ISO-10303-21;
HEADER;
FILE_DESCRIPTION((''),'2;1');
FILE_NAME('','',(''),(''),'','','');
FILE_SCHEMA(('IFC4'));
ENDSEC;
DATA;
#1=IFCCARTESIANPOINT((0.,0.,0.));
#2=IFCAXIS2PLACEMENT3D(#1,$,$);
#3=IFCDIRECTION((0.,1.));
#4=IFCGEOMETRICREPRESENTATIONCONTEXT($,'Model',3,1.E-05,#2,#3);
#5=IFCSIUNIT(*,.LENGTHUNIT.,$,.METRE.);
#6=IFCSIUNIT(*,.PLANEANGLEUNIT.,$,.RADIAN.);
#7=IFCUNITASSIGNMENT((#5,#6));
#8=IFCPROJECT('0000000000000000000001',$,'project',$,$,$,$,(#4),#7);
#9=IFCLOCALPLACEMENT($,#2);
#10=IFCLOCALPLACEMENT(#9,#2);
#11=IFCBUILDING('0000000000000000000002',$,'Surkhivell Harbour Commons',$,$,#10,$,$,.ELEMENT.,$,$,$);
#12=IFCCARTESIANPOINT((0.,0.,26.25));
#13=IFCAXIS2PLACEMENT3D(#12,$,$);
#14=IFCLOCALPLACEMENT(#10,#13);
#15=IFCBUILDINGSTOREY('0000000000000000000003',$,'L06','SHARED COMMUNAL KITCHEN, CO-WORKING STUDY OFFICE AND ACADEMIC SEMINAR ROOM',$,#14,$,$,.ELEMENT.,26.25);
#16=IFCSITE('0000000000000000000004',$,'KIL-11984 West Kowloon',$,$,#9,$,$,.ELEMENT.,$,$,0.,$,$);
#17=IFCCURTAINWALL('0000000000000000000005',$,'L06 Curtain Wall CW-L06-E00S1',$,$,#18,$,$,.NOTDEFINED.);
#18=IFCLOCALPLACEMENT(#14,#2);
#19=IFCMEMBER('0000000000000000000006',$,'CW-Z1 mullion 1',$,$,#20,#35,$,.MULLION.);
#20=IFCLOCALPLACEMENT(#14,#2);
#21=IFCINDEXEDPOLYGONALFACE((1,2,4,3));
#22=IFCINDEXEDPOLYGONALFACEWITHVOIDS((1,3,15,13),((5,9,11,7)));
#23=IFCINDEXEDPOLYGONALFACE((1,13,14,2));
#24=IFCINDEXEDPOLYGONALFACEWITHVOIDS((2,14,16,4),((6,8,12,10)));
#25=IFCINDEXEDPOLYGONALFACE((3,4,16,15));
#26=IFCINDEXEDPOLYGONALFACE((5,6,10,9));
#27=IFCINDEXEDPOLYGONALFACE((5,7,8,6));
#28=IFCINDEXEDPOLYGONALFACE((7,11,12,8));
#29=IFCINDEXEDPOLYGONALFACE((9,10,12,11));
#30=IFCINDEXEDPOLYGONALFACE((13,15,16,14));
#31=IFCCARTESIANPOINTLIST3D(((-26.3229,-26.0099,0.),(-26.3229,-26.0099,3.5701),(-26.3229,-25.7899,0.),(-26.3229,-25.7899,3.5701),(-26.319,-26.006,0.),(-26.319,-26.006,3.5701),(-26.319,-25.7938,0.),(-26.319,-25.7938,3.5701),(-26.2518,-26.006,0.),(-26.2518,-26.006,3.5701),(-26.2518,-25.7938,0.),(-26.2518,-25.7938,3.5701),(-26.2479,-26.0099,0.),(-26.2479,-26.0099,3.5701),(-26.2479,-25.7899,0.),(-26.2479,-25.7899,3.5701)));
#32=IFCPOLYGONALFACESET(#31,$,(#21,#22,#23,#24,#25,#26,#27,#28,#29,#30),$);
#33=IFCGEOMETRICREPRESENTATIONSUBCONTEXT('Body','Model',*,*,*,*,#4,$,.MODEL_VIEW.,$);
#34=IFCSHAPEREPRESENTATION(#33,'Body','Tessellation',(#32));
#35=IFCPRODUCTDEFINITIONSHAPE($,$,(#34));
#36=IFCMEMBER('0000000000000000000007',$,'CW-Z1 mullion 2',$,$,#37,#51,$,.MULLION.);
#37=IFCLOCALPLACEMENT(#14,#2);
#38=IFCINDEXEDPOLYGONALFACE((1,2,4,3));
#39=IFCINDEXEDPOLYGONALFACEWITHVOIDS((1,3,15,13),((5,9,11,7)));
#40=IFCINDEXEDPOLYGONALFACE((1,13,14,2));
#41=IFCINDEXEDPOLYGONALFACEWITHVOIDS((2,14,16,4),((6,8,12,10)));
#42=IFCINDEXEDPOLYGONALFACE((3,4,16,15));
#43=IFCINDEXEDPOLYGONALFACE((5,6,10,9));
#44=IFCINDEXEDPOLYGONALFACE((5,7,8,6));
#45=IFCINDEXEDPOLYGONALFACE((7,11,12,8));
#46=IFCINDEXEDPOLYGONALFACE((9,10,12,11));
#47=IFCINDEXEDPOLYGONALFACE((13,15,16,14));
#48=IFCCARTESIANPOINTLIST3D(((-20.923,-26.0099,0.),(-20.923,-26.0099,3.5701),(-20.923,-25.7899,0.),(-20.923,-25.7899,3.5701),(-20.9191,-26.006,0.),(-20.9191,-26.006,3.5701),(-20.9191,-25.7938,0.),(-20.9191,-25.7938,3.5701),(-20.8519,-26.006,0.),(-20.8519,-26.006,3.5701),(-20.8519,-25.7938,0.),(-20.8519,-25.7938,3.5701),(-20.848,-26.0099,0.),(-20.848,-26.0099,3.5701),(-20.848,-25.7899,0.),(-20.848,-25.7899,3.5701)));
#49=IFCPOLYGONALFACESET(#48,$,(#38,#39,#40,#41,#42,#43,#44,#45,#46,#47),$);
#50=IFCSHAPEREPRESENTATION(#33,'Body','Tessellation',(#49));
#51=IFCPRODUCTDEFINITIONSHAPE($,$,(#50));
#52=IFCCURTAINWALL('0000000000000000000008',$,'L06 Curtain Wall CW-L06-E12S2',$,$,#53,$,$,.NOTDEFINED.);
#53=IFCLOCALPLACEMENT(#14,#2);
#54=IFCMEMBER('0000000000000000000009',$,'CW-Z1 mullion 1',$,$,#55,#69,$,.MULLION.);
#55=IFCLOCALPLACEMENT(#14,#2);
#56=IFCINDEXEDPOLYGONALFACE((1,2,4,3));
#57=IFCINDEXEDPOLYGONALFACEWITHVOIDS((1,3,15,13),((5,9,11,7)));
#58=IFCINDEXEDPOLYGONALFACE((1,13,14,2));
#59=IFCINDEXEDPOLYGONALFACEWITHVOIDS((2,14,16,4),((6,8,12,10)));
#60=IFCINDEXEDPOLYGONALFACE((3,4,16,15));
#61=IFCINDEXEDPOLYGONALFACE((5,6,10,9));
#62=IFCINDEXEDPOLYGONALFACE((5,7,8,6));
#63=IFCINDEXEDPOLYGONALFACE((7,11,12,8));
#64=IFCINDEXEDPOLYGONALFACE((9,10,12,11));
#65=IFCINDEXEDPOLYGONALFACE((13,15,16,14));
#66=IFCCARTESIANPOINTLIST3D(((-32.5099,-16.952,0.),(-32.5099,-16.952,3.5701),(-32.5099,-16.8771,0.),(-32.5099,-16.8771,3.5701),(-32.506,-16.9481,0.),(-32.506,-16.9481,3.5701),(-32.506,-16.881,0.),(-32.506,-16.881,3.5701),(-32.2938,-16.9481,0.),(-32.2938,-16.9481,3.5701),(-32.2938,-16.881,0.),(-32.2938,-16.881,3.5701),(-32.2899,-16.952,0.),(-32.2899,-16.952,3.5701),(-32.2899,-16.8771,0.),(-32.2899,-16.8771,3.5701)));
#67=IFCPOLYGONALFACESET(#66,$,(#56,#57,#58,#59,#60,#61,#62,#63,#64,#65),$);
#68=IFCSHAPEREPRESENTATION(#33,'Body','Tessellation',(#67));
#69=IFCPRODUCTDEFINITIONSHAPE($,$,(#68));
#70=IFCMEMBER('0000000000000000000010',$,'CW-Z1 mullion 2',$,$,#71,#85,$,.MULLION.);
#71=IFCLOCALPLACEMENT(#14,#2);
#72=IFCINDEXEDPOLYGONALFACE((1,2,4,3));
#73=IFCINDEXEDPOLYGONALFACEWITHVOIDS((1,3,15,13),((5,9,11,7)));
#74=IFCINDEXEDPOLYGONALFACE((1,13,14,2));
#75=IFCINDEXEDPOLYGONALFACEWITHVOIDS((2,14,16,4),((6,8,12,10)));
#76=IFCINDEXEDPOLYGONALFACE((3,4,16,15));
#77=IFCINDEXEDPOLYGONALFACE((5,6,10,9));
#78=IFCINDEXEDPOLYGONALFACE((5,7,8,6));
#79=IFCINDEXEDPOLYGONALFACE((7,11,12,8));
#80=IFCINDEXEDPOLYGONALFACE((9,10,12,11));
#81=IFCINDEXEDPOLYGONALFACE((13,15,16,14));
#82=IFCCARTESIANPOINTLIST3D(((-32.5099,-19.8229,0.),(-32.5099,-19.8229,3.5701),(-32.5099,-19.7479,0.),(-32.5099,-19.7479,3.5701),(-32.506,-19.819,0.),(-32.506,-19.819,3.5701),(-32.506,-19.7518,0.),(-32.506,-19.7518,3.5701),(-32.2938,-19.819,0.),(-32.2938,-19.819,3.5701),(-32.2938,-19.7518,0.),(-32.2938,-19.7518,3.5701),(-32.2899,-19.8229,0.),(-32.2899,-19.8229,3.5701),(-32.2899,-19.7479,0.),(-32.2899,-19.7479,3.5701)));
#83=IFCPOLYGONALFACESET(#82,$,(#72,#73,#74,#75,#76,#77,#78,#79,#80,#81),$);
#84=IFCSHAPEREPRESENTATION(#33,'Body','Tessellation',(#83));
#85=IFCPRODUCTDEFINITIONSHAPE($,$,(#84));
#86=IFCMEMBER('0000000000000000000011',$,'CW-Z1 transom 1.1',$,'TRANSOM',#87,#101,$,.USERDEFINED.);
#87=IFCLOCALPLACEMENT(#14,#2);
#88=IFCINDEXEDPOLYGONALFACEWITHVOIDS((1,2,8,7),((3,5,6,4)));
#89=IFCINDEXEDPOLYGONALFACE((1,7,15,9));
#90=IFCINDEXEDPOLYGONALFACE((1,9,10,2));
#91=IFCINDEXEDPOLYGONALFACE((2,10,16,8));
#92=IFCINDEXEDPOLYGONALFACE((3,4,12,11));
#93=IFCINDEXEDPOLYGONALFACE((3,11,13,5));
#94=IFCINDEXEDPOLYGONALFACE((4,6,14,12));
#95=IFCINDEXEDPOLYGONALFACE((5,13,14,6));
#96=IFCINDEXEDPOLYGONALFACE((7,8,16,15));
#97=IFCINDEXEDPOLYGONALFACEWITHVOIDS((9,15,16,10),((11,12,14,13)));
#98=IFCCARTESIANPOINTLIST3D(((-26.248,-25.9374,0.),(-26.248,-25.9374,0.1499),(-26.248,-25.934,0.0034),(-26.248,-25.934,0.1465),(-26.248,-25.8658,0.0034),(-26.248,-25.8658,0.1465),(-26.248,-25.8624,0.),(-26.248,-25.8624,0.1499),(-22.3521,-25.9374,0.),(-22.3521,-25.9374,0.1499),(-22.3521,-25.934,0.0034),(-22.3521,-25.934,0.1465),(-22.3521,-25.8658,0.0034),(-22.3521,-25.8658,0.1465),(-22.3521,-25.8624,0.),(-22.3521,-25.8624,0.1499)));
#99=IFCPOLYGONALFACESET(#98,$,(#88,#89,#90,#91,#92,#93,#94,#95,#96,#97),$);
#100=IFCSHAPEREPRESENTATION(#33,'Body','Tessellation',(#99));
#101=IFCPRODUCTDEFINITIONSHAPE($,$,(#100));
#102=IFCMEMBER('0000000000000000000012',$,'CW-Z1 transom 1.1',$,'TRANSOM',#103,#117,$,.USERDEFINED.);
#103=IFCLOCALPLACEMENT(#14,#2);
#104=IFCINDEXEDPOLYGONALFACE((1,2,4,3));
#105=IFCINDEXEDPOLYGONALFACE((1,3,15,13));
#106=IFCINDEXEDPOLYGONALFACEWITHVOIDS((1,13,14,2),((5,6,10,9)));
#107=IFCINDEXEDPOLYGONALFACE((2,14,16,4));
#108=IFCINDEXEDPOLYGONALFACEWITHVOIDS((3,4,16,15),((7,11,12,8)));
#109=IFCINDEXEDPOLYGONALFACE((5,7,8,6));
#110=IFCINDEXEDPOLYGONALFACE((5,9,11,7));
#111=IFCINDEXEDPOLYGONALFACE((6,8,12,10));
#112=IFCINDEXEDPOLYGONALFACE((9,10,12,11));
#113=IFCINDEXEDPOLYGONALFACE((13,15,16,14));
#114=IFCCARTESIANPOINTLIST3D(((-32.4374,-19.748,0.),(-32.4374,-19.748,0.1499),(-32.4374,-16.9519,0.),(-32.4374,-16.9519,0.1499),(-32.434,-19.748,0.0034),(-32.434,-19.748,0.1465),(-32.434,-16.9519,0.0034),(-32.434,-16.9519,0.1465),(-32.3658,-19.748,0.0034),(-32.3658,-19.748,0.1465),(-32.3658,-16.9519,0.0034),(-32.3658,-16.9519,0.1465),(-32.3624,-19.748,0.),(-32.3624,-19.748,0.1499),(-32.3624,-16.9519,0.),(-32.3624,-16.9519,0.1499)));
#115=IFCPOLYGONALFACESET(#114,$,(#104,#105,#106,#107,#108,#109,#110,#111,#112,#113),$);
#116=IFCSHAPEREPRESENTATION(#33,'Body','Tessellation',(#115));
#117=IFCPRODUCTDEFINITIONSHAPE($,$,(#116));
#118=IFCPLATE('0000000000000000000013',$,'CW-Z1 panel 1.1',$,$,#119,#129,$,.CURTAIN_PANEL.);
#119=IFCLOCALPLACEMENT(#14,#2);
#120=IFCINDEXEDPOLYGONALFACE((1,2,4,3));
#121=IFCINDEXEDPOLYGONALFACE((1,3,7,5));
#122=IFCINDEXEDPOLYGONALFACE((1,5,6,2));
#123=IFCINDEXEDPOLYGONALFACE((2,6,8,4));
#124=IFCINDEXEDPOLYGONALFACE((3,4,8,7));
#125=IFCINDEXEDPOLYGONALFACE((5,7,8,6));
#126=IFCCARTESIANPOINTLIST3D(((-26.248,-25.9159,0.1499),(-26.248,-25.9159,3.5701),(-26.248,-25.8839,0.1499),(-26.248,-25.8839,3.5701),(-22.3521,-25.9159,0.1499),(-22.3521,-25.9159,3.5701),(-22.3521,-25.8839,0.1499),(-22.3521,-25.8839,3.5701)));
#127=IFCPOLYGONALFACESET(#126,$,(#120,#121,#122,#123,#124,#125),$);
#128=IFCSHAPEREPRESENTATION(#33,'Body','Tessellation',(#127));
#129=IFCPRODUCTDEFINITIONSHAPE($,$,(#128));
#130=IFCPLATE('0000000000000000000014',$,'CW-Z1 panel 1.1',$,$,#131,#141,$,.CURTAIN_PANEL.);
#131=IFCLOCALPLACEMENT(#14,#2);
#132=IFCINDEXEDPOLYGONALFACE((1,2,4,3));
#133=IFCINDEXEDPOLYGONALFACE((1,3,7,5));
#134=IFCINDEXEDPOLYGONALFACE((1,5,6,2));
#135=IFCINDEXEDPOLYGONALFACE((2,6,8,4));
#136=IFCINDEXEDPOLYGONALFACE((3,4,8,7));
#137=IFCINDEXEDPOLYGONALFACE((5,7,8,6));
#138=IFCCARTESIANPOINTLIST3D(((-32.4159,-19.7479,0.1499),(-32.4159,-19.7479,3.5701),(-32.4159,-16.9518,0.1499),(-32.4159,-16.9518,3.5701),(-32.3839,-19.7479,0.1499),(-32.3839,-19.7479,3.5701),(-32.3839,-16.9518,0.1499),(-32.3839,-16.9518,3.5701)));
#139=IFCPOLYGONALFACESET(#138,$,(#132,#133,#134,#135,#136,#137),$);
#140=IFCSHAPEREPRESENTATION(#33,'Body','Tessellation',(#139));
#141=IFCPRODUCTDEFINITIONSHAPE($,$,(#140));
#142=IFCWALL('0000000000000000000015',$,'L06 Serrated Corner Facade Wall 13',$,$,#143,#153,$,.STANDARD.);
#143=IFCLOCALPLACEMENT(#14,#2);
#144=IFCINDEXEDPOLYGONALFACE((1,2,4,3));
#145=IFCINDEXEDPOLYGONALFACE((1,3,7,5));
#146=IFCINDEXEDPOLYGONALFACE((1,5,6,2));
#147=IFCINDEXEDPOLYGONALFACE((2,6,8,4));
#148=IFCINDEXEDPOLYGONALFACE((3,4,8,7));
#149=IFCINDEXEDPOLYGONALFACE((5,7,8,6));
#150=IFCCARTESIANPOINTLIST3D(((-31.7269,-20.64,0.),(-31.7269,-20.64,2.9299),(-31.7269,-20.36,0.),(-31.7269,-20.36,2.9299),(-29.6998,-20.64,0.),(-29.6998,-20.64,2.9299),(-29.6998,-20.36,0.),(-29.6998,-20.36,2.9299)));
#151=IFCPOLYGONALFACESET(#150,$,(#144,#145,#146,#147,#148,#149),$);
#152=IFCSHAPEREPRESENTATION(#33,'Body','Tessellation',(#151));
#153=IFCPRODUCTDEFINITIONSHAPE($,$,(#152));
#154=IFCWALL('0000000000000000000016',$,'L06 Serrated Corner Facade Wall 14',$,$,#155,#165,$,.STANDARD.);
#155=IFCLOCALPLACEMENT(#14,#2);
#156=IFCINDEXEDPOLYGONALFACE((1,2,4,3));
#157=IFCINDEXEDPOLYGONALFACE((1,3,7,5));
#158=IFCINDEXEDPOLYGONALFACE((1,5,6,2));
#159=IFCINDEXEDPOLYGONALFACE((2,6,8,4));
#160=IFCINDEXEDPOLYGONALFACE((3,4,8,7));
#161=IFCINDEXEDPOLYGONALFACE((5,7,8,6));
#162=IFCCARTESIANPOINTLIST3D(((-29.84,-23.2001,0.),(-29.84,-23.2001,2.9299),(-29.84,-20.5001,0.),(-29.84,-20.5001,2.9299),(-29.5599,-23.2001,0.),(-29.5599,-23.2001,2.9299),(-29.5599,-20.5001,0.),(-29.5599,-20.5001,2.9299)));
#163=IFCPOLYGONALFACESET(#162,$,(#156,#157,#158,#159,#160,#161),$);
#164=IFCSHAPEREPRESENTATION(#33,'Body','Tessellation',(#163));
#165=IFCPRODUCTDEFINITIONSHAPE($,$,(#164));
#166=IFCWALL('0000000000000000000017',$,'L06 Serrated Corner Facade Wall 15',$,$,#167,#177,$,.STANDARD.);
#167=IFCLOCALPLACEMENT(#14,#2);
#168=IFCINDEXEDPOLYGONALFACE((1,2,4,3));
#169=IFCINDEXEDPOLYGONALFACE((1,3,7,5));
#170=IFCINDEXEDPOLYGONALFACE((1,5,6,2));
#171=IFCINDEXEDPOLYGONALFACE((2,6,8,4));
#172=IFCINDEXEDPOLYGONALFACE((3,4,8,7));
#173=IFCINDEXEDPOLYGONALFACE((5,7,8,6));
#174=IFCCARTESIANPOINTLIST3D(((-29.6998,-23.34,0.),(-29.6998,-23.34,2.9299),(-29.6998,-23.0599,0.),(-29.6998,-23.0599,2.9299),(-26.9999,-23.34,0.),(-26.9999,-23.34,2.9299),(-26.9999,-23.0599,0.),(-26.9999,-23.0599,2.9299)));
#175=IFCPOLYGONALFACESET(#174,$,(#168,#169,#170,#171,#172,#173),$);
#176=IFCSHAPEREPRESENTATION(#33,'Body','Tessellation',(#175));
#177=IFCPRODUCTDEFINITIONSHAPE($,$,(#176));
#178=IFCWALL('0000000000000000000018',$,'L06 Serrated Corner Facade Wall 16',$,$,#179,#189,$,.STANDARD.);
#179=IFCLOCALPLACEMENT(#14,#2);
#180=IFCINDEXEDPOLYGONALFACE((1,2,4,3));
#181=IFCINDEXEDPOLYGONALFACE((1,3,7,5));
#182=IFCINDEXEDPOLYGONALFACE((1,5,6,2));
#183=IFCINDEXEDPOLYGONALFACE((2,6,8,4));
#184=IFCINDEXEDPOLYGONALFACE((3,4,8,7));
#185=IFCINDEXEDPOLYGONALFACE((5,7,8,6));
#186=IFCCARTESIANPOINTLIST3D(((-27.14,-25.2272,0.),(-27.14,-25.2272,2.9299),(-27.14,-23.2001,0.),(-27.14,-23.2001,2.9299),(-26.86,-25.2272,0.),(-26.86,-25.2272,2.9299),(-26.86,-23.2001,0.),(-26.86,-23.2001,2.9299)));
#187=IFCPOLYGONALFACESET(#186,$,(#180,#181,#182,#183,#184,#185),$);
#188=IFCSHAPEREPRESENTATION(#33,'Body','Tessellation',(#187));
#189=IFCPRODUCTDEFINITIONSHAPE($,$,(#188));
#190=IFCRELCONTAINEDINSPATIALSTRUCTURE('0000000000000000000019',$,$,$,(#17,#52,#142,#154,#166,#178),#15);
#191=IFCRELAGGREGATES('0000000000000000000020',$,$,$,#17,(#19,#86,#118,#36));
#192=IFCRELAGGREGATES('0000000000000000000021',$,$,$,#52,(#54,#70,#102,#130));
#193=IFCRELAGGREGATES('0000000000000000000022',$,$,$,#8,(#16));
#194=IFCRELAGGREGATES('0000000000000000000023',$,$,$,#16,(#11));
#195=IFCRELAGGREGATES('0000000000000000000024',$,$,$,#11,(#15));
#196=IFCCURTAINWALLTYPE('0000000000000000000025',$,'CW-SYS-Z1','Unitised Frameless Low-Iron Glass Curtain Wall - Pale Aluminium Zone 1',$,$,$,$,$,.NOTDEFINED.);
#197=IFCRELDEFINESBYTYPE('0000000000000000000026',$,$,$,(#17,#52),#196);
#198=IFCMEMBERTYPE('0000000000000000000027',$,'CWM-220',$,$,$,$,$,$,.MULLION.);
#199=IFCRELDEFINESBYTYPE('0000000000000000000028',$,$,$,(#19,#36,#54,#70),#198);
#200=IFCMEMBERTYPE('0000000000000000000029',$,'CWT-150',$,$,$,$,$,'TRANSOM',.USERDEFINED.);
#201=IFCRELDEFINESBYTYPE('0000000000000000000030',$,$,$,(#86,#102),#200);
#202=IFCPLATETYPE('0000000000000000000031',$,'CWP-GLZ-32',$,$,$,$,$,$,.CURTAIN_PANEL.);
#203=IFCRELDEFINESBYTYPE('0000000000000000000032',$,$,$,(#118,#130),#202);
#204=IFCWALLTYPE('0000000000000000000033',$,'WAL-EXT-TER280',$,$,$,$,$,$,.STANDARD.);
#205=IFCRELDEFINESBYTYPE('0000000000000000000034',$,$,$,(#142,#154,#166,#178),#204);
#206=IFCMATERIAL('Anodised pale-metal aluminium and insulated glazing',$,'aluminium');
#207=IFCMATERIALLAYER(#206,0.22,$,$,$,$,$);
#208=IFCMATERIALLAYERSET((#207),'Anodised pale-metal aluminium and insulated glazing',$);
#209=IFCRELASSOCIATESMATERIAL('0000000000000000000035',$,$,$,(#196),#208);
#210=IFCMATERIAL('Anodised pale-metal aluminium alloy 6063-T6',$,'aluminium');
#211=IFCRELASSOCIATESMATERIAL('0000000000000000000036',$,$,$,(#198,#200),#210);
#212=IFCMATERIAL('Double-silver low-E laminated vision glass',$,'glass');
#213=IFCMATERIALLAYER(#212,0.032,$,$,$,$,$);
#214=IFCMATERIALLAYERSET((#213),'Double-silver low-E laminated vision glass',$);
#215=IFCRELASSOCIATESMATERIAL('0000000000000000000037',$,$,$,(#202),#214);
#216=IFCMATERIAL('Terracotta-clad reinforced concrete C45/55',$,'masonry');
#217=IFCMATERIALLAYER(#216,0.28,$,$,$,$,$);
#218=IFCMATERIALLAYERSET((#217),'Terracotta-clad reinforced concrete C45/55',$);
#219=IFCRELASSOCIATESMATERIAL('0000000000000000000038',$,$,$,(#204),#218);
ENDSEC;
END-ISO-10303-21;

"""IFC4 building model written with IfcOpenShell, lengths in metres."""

from ifc_helpers import new_model, si_unit, direction, frame, frame_2d, origin, origin_2d, place, context, subcontext, project, spatial, rectangle, hollow_rectangle, extrude, material, layer, layer_set, material_profile, profile_set, type_object, element, aggregate, save


model = new_model("IFC4")

# Units and contexts
model_context = context("Model", 3, precision=1e-05, world=origin(), true_north=direction((0.0, 1.0)))
body_context = subcontext(model_context, "Body", "Model", "MODEL_VIEW")
ifc_project = project(units=[si_unit("LENGTHUNIT", "METRE"), si_unit("PLANEANGLEUNIT", "RADIAN")], contexts=[model_context])

# Site, building, storey
site_placement = place(None, origin())
site = spatial("IfcSite", under=ifc_project, at=site_placement, Name="KIL-11984 West Kowloon", CompositionType="ELEMENT", RefElevation=0.0)
building_placement = place(site_placement, origin())
building = spatial("IfcBuilding", under=site, at=building_placement, Name="Surkhivell Harbour Commons", CompositionType="ELEMENT")
storey_placement = place(building_placement, frame((0.0, 0.0, 26.25)))
storey = spatial("IfcBuildingStorey", under=building, at=storey_placement, Name="L06", Description="SHARED COMMUNAL KITCHEN, CO-WORKING STUDY OFFICE AND ACADEMIC SEMINAR ROOM", CompositionType="ELEMENT", Elevation=26.25)

# Curtain walls, members
ifc_material_1 = material(Name="Anodised pale-metal aluminium and insulated glazing", Category="aluminium")
ifc_layer_1 = layer(ifc_material_1, 0.22)
ifc_layer_set_1 = layer_set([ifc_layer_1], Name="Anodised pale-metal aluminium and insulated glazing")
curtain_wall_type = type_object("IfcCurtainWallType", Name="CW-SYS-Z1", Description="Unitised Frameless Low-Iron Glass Curtain Wall - Pale Aluminium Zone 1", PredefinedType="NOTDEFINED", material=ifc_layer_set_1)
curtain_wall_1_placement = place(storey_placement, origin())
curtain_wall_1 = element("IfcCurtainWall", 1, at=curtain_wall_1_placement, inside=storey, type_object=curtain_wall_type, Name="L06 Curtain Wall CW-L06-E00S1", PredefinedType="NOTDEFINED")
ifc_material_2 = material(Name="Anodised pale-metal aluminium alloy 6063-T6", Category="aluminium")
ifc_material_profile_1 = material_profile(ifc_material_2, hollow_rectangle(XDim=0.075, YDim=0.22, WallThickness=0.0039, at=origin_2d()), Name="ALU-MULL-75x220")
ifc_profile_set_1 = profile_set([ifc_material_profile_1], Name="Anodised pale-metal aluminium alloy 6063-T6")
member_type_1 = type_object("IfcMemberType", Name="CWM-220", PredefinedType="MULLION", material=ifc_profile_set_1)
member_1_placement = place(storey_placement, frame((-26.2854, -25.8999, 0.0), z_axis=(0.0, 0.0, 1.0), x_axis=(1.0, 0.0, 0.0)))
member_1 = element("IfcMember", 2, at=member_1_placement, type_object=member_type_1, Name="CW-Z1 mullion 1", PredefinedType="MULLION", context=body_context, shape_type="SweptSolid", body=[
    extrude(hollow_rectangle(XDim=0.075, YDim=0.22, WallThickness=0.0039, at=origin_2d()), origin(), (0.0, 0.0, 1.0), 3.5701),
])
member_2_placement = place(storey_placement, frame((-20.8855, -25.8999, 0.0), z_axis=(0.0, 0.0, 1.0), x_axis=(1.0, 0.0, 0.0)))
member_2 = element("IfcMember", 3, at=member_2_placement, type_object=member_type_1, Name="CW-Z1 mullion 2", PredefinedType="MULLION", context=body_context, shape_type="SweptSolid", body=[
    extrude(hollow_rectangle(XDim=0.075, YDim=0.22, WallThickness=0.0039, at=origin_2d()), origin(), (0.0, 0.0, 1.0), 3.5701),
])
curtain_wall_2_placement = place(storey_placement, origin())
curtain_wall_2 = element("IfcCurtainWall", 4, at=curtain_wall_2_placement, inside=storey, type_object=curtain_wall_type, Name="L06 Curtain Wall CW-L06-E12S2", PredefinedType="NOTDEFINED")
member_3_placement = place(storey_placement, frame((-32.3999, -16.9146, 0.0), z_axis=(0.0, 0.0, 1.0), x_axis=(0.0, -1.0, 0.0)))
member_3 = element("IfcMember", 5, at=member_3_placement, type_object=member_type_1, Name="CW-Z1 mullion 1", PredefinedType="MULLION", context=body_context, shape_type="SweptSolid", body=[
    extrude(hollow_rectangle(XDim=0.075, YDim=0.22, WallThickness=0.0039, at=origin_2d()), origin(), (0.0, 0.0, 1.0), 3.5701),
])
member_4_placement = place(storey_placement, frame((-32.3999, -19.7854, 0.0), z_axis=(0.0, 0.0, 1.0), x_axis=(0.0, -1.0, 0.0)))
member_4 = element("IfcMember", 6, at=member_4_placement, type_object=member_type_1, Name="CW-Z1 mullion 2", PredefinedType="MULLION", context=body_context, shape_type="SweptSolid", body=[
    extrude(hollow_rectangle(XDim=0.075, YDim=0.22, WallThickness=0.0039, at=origin_2d()), origin(), (0.0, 0.0, 1.0), 3.5701),
])

# Members
ifc_material_profile_2 = material_profile(ifc_material_2, hollow_rectangle(XDim=0.075, YDim=0.1499, WallThickness=0.0034, at=origin_2d()), Name="ALU-TRAN-75x150")
ifc_profile_set_2 = profile_set([ifc_material_profile_2], Name="Anodised pale-metal aluminium alloy 6063-T6")
member_type_2 = type_object("IfcMemberType", Name="CWT-150", ElementType="TRANSOM", PredefinedType="USERDEFINED", material=ifc_profile_set_2)
member_5_placement = place(storey_placement, frame((-26.248, -25.8999, 0.075), z_axis=(1.0, 0.0, 0.0), x_axis=(0.0, 1.0, 0.0)))
member_5 = element("IfcMember", 7, at=member_5_placement, type_object=member_type_2, Name="CW-Z1 transom 1.1", ObjectType="TRANSOM", PredefinedType="USERDEFINED", context=body_context, shape_type="SweptSolid", body=[
    extrude(hollow_rectangle(XDim=0.075, YDim=0.1499, WallThickness=0.0034, at=origin_2d()), origin(), (0.0, 0.0, 1.0), 3.896),
])
member_6_placement = place(storey_placement, frame((-32.3999, -16.9519, 0.075), z_axis=(0.0, -1.0, 0.0), x_axis=(1.0, 0.0, 0.0)))
member_6 = element("IfcMember", 8, at=member_6_placement, type_object=member_type_2, Name="CW-Z1 transom 1.1", ObjectType="TRANSOM", PredefinedType="USERDEFINED", context=body_context, shape_type="SweptSolid", body=[
    extrude(hollow_rectangle(XDim=0.075, YDim=0.1499, WallThickness=0.0034, at=origin_2d()), origin(), (0.0, 0.0, 1.0), 2.7961),
])

# Plates
ifc_material_3 = material(Name="Double-silver low-E laminated vision glass", Category="glass")
ifc_layer_2 = layer(ifc_material_3, 0.032)
ifc_layer_set_2 = layer_set([ifc_layer_2], Name="Double-silver low-E laminated vision glass")
plate_type = type_object("IfcPlateType", Name="CWP-GLZ-32", PredefinedType="CURTAIN_PANEL", material=ifc_layer_set_2)
plate_1_placement = place(storey_placement, frame((-26.248, -25.8999, 0.1499), z_axis=(0.0, 0.0, 1.0), x_axis=(1.0, 0.0, 0.0)))
plate_1 = element("IfcPlate", 9, at=plate_1_placement, type_object=plate_type, Name="CW-Z1 panel 1.1", PredefinedType="CURTAIN_PANEL", context=body_context, shape_type="SweptSolid", body=[
    extrude(rectangle(XDim=3.896, YDim=0.032, at=frame_2d((1.948, 0.0))), origin(), (0.0, 0.0, 1.0), 3.4202),
])
aggregate(curtain_wall_1, [member_1, member_5, plate_1, member_2])
plate_2_placement = place(storey_placement, frame((-32.3999, -16.9519, 0.1499), z_axis=(0.0, 0.0, 1.0), x_axis=(0.0, -1.0, 0.0)))
plate_2 = element("IfcPlate", 10, at=plate_2_placement, type_object=plate_type, Name="CW-Z1 panel 1.1", PredefinedType="CURTAIN_PANEL", context=body_context, shape_type="SweptSolid", body=[
    extrude(rectangle(XDim=2.7961, YDim=0.032, at=frame_2d((1.3979, 0.0))), origin(), (0.0, 0.0, 1.0), 3.4202),
])
aggregate(curtain_wall_2, [member_3, member_4, member_6, plate_2])

# Walls
ifc_material_4 = material(Name="Terracotta-clad reinforced concrete C45/55", Category="masonry")
ifc_layer_3 = layer(ifc_material_4, 0.28)
ifc_layer_set_3 = layer_set([ifc_layer_3], Name="Terracotta-clad reinforced concrete C45/55")
wall_type = type_object("IfcWallType", Name="WAL-EXT-TER280", PredefinedType="STANDARD", material=ifc_layer_set_3)
wall_1_placement = place(storey_placement, frame((-31.7271, -20.5, 0.0), z_axis=(0.0, 0.0, 1.0), x_axis=(1.0, 0.0, 0.0)))
element("IfcWall", 11, at=wall_1_placement, inside=storey, type_object=wall_type, Name="L06 Serrated Corner Facade Wall 13", PredefinedType="STANDARD", context=body_context, shape_type="SweptSolid", body=[
    extrude(rectangle(XDim=2.0271, YDim=0.28, at=frame_2d((1.0137, 0.0))), origin(), (0.0, 0.0, 1.0), 2.9299),
])
for number, where, z_axis, x_axis, name in (
    (12, (-29.7, -20.5, 0.0), (0.0, 0.0, 1.0), (0.0, -1.0, 0.0), "L06 Serrated Corner Facade Wall 14"),
    (13, (-29.7, -23.2, 0.0), (0.0, 0.0, 1.0), (1.0, 0.0, 0.0), "L06 Serrated Corner Facade Wall 15"),
):
    element("IfcWall", number, at=place(storey_placement, frame(where, z_axis=z_axis, x_axis=x_axis)), inside=storey, type_object=wall_type, Name=name, PredefinedType="STANDARD", context=body_context, shape_type="SweptSolid", body=[
        extrude(rectangle(XDim=2.7, YDim=0.28, at=frame_2d((1.3501, 0.0))), origin(), (0.0, 0.0, 1.0), 2.9299),
    ])
wall_2_placement = place(storey_placement, frame((-27.0, -23.2, 0.0), z_axis=(0.0, 0.0, 1.0), x_axis=(0.0, -1.0, 0.0)))
element("IfcWall", 14, at=wall_2_placement, inside=storey, type_object=wall_type, Name="L06 Serrated Corner Facade Wall 16", PredefinedType="STANDARD", context=body_context, shape_type="SweptSolid", body=[
    extrude(rectangle(XDim=2.0271, YDim=0.28, at=frame_2d((1.0137, 0.0))), origin(), (0.0, 0.0, 1.0), 2.9299),
])

save(model, "model.ifc")
